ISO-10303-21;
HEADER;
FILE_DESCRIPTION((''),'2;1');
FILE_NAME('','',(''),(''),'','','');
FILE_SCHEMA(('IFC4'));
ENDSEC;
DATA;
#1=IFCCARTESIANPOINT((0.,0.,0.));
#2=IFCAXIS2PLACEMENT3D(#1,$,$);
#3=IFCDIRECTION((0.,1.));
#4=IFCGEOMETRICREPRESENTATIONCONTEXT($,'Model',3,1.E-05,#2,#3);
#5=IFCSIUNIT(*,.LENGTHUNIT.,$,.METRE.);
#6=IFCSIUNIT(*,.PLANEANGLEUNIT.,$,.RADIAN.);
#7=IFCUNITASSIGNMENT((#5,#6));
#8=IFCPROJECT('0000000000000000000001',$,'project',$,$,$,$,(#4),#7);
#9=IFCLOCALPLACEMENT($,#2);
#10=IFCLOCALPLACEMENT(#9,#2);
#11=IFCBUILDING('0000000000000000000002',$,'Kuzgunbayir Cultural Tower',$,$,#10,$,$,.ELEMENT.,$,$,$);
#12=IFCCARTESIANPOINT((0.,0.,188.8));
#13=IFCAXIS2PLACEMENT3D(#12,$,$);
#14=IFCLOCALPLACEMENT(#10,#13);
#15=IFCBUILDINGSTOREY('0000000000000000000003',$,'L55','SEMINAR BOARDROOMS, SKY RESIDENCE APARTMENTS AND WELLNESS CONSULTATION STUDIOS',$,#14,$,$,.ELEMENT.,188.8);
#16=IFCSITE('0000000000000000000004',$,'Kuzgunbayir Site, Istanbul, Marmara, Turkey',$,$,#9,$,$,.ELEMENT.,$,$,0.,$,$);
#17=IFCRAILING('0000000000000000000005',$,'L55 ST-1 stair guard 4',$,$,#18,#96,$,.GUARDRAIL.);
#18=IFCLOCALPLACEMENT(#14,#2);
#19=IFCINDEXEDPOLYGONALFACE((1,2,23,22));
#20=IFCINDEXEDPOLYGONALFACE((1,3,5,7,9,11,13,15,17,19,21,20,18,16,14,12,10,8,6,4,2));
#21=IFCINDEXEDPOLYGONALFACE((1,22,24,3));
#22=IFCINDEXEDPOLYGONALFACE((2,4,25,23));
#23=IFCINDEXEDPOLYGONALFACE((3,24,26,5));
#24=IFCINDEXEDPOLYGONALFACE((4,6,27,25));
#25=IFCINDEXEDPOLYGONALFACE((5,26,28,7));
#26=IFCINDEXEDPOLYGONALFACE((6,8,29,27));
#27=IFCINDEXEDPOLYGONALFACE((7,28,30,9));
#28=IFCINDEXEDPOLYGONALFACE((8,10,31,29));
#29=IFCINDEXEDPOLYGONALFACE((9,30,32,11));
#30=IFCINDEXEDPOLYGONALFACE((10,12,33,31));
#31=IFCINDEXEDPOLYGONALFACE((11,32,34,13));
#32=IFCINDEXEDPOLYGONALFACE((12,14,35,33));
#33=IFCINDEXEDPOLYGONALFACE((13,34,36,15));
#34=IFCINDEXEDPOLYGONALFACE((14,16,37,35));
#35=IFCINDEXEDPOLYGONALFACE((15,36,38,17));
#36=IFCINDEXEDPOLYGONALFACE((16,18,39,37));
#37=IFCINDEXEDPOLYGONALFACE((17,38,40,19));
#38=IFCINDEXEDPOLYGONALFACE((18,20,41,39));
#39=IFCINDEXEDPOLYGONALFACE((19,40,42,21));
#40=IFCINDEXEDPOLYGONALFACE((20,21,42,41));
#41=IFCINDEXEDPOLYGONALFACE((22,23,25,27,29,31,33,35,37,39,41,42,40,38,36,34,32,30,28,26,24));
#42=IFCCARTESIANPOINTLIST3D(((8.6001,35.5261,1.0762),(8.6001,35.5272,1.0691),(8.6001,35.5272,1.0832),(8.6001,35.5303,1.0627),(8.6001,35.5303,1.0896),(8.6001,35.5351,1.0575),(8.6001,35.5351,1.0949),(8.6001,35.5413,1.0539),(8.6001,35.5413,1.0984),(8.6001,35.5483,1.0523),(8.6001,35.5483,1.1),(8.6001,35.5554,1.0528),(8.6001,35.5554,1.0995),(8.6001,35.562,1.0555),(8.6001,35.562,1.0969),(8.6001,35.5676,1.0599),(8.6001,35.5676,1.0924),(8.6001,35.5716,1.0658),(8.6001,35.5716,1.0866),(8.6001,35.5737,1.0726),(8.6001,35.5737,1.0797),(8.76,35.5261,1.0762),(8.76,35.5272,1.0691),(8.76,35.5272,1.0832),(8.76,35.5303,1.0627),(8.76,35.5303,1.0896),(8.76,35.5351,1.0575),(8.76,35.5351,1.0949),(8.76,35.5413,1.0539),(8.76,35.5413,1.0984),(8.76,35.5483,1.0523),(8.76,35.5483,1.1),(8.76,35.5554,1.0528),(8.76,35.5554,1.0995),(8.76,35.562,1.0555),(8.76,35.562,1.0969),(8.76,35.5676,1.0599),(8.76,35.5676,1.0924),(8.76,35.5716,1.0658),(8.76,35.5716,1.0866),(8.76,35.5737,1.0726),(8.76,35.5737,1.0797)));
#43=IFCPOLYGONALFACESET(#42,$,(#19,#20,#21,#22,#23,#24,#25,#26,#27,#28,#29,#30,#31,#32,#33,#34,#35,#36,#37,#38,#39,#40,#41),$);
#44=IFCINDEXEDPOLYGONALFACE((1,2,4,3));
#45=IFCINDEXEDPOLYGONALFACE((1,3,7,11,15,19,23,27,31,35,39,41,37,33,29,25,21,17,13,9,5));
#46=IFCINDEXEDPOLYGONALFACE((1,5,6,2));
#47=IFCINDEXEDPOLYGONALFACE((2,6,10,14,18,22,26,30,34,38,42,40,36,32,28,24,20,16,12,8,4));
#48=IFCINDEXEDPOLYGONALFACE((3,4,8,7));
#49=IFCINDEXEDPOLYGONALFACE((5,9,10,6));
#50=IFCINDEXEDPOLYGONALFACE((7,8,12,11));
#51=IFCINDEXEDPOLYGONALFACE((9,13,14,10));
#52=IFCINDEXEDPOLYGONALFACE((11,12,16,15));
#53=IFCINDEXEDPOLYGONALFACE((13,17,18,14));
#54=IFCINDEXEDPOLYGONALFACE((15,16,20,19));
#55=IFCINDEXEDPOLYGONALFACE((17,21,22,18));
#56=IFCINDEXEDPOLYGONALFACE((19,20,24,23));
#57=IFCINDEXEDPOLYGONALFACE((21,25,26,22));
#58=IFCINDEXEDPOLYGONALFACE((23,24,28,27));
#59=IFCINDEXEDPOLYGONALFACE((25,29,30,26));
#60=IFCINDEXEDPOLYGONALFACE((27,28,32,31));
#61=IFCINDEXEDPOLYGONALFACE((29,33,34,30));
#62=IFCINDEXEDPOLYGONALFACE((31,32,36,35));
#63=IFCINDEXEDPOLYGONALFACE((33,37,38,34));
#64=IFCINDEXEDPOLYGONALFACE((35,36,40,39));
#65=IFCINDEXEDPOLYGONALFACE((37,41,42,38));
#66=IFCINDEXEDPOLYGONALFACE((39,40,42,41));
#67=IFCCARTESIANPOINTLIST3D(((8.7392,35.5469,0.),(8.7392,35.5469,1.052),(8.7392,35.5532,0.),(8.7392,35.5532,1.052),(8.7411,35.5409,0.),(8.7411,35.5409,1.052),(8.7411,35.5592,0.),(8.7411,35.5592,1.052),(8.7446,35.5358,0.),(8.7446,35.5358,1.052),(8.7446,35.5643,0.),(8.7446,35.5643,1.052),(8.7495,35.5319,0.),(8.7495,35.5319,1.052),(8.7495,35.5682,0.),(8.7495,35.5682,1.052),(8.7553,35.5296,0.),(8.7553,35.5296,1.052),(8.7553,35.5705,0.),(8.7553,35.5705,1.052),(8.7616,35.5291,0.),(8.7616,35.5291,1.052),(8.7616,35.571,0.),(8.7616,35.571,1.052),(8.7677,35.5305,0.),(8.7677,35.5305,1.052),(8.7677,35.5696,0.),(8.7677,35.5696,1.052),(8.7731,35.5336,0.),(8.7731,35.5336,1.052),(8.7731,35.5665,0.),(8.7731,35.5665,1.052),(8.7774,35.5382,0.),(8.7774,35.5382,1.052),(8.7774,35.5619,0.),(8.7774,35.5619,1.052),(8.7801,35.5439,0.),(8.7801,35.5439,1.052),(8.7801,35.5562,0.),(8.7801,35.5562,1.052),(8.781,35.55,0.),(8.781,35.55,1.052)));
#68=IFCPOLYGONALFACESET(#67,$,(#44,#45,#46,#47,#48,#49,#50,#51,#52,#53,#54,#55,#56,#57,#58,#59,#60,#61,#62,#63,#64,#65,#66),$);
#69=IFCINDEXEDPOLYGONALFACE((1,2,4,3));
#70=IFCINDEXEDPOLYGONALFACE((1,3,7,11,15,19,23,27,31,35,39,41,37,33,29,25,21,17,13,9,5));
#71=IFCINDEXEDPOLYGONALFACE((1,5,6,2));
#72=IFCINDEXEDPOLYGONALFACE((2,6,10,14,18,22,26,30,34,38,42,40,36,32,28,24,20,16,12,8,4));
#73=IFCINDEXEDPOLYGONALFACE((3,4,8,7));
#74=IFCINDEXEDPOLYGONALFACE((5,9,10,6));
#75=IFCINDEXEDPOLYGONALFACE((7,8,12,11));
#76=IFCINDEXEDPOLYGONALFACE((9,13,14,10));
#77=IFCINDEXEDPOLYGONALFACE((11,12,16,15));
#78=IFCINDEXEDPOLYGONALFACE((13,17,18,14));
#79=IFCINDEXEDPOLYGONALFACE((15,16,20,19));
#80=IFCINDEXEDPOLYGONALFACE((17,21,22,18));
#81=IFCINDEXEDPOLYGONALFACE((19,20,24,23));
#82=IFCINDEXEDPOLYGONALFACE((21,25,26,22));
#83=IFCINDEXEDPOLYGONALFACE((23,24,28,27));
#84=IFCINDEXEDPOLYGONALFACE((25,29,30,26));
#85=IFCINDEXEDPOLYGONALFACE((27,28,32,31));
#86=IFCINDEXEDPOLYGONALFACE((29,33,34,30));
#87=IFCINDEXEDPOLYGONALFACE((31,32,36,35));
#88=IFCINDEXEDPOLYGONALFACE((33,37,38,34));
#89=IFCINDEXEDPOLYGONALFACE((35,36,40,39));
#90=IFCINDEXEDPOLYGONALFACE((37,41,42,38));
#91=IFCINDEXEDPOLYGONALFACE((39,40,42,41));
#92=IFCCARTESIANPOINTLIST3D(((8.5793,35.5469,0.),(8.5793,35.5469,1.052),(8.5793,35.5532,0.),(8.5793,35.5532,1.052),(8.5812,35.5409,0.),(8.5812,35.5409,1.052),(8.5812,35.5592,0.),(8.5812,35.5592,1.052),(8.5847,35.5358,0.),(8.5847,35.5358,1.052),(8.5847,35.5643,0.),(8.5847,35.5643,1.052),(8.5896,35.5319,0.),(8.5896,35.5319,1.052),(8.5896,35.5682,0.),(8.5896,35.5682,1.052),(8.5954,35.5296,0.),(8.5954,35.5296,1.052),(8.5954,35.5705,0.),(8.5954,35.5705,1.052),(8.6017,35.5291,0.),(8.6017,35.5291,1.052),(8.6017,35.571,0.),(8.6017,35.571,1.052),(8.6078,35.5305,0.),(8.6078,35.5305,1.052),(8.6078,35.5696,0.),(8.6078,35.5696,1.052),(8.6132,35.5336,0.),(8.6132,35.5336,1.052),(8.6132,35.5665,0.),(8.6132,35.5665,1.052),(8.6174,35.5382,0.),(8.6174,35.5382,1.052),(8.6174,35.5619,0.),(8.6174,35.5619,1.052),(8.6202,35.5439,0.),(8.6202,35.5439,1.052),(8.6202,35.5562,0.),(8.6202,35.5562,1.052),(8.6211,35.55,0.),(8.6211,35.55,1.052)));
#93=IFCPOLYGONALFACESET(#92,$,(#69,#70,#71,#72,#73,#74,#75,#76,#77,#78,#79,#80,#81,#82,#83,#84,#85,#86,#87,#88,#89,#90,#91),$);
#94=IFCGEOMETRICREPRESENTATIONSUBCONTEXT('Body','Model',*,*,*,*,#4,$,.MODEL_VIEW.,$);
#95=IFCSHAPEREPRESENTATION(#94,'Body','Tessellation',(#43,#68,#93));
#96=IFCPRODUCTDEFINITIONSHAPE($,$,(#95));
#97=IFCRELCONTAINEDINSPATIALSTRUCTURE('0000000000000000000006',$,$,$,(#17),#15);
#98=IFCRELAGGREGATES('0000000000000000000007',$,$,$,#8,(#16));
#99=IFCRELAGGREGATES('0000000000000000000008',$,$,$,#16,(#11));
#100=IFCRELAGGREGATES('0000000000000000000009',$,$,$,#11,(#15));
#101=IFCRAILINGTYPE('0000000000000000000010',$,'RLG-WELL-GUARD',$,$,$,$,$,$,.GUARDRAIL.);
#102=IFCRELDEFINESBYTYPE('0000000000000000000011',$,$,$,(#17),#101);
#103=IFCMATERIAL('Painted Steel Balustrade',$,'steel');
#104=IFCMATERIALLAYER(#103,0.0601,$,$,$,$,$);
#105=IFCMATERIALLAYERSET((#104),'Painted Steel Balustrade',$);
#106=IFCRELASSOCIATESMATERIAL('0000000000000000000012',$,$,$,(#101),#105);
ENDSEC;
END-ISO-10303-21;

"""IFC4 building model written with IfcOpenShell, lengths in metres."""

from ifc_helpers import new_model, si_unit, direction, frame, origin, origin_2d, place, context, subcontext, project, spatial, circle, extrude, material, layer, layer_set, type_object, element, save


model = new_model("IFC4")

# Units and contexts
model_context = context("Model", 3, precision=1e-05, world=origin(), true_north=direction((0.0, 1.0)))
body_context = subcontext(model_context, "Body", "Model", "MODEL_VIEW")
ifc_project = project(units=[si_unit("LENGTHUNIT", "METRE"), si_unit("PLANEANGLEUNIT", "RADIAN")], contexts=[model_context])

# Site, building, storey
site_placement = place(None, origin())
site = spatial("IfcSite", under=ifc_project, at=site_placement, Name="Kuzgunbayir Site, Istanbul, Marmara, Turkey", CompositionType="ELEMENT", RefElevation=0.0)
building_placement = place(site_placement, origin())
building = spatial("IfcBuilding", under=site, at=building_placement, Name="Kuzgunbayir Cultural Tower", CompositionType="ELEMENT")
storey_placement = place(building_placement, frame((0.0, 0.0, 188.8)))
storey = spatial("IfcBuildingStorey", under=building, at=storey_placement, Name="L55", Description="SEMINAR BOARDROOMS, SKY RESIDENCE APARTMENTS AND WELLNESS CONSULTATION STUDIOS", CompositionType="ELEMENT", Elevation=188.8)

# Railing
ifc_material_1 = material(Name="Painted Steel Balustrade", Category="steel")
ifc_layer_1 = layer(ifc_material_1, 0.0601)
ifc_layer_set_1 = layer_set([ifc_layer_1], Name="Painted Steel Balustrade")
railing_type_1 = type_object("IfcRailingType", Name="RLG-WELL-GUARD", PredefinedType="GUARDRAIL", material=ifc_layer_set_1)
railing_1_placement = place(storey_placement, frame((8.76, 35.55, 0.0)))
element("IfcRailing", 1, at=railing_1_placement, inside=storey, type_object=railing_type_1, Name="L55 ST-1 stair guard 4", PredefinedType="GUARDRAIL", context=body_context, shape_type="SweptSolid", body=[
    extrude(circle(Radius=0.0239, at=origin_2d()), frame((0.0, 0.0, 1.0762), z_axis=(-1.0, 0.0, 0.0), x_axis=(0.0, -1.0, 0.0)), (0.0, 0.0, 1.0), 0.1599),
    extrude(circle(Radius=0.021, at=origin_2d()), origin(), (0.0, 0.0, 1.0), 1.052),
    extrude(circle(Radius=0.021, at=origin_2d()), frame((-0.1599, 0.0, 0.0)), (0.0, 0.0, 1.0), 1.052),
])

save(model, "model.ifc")
